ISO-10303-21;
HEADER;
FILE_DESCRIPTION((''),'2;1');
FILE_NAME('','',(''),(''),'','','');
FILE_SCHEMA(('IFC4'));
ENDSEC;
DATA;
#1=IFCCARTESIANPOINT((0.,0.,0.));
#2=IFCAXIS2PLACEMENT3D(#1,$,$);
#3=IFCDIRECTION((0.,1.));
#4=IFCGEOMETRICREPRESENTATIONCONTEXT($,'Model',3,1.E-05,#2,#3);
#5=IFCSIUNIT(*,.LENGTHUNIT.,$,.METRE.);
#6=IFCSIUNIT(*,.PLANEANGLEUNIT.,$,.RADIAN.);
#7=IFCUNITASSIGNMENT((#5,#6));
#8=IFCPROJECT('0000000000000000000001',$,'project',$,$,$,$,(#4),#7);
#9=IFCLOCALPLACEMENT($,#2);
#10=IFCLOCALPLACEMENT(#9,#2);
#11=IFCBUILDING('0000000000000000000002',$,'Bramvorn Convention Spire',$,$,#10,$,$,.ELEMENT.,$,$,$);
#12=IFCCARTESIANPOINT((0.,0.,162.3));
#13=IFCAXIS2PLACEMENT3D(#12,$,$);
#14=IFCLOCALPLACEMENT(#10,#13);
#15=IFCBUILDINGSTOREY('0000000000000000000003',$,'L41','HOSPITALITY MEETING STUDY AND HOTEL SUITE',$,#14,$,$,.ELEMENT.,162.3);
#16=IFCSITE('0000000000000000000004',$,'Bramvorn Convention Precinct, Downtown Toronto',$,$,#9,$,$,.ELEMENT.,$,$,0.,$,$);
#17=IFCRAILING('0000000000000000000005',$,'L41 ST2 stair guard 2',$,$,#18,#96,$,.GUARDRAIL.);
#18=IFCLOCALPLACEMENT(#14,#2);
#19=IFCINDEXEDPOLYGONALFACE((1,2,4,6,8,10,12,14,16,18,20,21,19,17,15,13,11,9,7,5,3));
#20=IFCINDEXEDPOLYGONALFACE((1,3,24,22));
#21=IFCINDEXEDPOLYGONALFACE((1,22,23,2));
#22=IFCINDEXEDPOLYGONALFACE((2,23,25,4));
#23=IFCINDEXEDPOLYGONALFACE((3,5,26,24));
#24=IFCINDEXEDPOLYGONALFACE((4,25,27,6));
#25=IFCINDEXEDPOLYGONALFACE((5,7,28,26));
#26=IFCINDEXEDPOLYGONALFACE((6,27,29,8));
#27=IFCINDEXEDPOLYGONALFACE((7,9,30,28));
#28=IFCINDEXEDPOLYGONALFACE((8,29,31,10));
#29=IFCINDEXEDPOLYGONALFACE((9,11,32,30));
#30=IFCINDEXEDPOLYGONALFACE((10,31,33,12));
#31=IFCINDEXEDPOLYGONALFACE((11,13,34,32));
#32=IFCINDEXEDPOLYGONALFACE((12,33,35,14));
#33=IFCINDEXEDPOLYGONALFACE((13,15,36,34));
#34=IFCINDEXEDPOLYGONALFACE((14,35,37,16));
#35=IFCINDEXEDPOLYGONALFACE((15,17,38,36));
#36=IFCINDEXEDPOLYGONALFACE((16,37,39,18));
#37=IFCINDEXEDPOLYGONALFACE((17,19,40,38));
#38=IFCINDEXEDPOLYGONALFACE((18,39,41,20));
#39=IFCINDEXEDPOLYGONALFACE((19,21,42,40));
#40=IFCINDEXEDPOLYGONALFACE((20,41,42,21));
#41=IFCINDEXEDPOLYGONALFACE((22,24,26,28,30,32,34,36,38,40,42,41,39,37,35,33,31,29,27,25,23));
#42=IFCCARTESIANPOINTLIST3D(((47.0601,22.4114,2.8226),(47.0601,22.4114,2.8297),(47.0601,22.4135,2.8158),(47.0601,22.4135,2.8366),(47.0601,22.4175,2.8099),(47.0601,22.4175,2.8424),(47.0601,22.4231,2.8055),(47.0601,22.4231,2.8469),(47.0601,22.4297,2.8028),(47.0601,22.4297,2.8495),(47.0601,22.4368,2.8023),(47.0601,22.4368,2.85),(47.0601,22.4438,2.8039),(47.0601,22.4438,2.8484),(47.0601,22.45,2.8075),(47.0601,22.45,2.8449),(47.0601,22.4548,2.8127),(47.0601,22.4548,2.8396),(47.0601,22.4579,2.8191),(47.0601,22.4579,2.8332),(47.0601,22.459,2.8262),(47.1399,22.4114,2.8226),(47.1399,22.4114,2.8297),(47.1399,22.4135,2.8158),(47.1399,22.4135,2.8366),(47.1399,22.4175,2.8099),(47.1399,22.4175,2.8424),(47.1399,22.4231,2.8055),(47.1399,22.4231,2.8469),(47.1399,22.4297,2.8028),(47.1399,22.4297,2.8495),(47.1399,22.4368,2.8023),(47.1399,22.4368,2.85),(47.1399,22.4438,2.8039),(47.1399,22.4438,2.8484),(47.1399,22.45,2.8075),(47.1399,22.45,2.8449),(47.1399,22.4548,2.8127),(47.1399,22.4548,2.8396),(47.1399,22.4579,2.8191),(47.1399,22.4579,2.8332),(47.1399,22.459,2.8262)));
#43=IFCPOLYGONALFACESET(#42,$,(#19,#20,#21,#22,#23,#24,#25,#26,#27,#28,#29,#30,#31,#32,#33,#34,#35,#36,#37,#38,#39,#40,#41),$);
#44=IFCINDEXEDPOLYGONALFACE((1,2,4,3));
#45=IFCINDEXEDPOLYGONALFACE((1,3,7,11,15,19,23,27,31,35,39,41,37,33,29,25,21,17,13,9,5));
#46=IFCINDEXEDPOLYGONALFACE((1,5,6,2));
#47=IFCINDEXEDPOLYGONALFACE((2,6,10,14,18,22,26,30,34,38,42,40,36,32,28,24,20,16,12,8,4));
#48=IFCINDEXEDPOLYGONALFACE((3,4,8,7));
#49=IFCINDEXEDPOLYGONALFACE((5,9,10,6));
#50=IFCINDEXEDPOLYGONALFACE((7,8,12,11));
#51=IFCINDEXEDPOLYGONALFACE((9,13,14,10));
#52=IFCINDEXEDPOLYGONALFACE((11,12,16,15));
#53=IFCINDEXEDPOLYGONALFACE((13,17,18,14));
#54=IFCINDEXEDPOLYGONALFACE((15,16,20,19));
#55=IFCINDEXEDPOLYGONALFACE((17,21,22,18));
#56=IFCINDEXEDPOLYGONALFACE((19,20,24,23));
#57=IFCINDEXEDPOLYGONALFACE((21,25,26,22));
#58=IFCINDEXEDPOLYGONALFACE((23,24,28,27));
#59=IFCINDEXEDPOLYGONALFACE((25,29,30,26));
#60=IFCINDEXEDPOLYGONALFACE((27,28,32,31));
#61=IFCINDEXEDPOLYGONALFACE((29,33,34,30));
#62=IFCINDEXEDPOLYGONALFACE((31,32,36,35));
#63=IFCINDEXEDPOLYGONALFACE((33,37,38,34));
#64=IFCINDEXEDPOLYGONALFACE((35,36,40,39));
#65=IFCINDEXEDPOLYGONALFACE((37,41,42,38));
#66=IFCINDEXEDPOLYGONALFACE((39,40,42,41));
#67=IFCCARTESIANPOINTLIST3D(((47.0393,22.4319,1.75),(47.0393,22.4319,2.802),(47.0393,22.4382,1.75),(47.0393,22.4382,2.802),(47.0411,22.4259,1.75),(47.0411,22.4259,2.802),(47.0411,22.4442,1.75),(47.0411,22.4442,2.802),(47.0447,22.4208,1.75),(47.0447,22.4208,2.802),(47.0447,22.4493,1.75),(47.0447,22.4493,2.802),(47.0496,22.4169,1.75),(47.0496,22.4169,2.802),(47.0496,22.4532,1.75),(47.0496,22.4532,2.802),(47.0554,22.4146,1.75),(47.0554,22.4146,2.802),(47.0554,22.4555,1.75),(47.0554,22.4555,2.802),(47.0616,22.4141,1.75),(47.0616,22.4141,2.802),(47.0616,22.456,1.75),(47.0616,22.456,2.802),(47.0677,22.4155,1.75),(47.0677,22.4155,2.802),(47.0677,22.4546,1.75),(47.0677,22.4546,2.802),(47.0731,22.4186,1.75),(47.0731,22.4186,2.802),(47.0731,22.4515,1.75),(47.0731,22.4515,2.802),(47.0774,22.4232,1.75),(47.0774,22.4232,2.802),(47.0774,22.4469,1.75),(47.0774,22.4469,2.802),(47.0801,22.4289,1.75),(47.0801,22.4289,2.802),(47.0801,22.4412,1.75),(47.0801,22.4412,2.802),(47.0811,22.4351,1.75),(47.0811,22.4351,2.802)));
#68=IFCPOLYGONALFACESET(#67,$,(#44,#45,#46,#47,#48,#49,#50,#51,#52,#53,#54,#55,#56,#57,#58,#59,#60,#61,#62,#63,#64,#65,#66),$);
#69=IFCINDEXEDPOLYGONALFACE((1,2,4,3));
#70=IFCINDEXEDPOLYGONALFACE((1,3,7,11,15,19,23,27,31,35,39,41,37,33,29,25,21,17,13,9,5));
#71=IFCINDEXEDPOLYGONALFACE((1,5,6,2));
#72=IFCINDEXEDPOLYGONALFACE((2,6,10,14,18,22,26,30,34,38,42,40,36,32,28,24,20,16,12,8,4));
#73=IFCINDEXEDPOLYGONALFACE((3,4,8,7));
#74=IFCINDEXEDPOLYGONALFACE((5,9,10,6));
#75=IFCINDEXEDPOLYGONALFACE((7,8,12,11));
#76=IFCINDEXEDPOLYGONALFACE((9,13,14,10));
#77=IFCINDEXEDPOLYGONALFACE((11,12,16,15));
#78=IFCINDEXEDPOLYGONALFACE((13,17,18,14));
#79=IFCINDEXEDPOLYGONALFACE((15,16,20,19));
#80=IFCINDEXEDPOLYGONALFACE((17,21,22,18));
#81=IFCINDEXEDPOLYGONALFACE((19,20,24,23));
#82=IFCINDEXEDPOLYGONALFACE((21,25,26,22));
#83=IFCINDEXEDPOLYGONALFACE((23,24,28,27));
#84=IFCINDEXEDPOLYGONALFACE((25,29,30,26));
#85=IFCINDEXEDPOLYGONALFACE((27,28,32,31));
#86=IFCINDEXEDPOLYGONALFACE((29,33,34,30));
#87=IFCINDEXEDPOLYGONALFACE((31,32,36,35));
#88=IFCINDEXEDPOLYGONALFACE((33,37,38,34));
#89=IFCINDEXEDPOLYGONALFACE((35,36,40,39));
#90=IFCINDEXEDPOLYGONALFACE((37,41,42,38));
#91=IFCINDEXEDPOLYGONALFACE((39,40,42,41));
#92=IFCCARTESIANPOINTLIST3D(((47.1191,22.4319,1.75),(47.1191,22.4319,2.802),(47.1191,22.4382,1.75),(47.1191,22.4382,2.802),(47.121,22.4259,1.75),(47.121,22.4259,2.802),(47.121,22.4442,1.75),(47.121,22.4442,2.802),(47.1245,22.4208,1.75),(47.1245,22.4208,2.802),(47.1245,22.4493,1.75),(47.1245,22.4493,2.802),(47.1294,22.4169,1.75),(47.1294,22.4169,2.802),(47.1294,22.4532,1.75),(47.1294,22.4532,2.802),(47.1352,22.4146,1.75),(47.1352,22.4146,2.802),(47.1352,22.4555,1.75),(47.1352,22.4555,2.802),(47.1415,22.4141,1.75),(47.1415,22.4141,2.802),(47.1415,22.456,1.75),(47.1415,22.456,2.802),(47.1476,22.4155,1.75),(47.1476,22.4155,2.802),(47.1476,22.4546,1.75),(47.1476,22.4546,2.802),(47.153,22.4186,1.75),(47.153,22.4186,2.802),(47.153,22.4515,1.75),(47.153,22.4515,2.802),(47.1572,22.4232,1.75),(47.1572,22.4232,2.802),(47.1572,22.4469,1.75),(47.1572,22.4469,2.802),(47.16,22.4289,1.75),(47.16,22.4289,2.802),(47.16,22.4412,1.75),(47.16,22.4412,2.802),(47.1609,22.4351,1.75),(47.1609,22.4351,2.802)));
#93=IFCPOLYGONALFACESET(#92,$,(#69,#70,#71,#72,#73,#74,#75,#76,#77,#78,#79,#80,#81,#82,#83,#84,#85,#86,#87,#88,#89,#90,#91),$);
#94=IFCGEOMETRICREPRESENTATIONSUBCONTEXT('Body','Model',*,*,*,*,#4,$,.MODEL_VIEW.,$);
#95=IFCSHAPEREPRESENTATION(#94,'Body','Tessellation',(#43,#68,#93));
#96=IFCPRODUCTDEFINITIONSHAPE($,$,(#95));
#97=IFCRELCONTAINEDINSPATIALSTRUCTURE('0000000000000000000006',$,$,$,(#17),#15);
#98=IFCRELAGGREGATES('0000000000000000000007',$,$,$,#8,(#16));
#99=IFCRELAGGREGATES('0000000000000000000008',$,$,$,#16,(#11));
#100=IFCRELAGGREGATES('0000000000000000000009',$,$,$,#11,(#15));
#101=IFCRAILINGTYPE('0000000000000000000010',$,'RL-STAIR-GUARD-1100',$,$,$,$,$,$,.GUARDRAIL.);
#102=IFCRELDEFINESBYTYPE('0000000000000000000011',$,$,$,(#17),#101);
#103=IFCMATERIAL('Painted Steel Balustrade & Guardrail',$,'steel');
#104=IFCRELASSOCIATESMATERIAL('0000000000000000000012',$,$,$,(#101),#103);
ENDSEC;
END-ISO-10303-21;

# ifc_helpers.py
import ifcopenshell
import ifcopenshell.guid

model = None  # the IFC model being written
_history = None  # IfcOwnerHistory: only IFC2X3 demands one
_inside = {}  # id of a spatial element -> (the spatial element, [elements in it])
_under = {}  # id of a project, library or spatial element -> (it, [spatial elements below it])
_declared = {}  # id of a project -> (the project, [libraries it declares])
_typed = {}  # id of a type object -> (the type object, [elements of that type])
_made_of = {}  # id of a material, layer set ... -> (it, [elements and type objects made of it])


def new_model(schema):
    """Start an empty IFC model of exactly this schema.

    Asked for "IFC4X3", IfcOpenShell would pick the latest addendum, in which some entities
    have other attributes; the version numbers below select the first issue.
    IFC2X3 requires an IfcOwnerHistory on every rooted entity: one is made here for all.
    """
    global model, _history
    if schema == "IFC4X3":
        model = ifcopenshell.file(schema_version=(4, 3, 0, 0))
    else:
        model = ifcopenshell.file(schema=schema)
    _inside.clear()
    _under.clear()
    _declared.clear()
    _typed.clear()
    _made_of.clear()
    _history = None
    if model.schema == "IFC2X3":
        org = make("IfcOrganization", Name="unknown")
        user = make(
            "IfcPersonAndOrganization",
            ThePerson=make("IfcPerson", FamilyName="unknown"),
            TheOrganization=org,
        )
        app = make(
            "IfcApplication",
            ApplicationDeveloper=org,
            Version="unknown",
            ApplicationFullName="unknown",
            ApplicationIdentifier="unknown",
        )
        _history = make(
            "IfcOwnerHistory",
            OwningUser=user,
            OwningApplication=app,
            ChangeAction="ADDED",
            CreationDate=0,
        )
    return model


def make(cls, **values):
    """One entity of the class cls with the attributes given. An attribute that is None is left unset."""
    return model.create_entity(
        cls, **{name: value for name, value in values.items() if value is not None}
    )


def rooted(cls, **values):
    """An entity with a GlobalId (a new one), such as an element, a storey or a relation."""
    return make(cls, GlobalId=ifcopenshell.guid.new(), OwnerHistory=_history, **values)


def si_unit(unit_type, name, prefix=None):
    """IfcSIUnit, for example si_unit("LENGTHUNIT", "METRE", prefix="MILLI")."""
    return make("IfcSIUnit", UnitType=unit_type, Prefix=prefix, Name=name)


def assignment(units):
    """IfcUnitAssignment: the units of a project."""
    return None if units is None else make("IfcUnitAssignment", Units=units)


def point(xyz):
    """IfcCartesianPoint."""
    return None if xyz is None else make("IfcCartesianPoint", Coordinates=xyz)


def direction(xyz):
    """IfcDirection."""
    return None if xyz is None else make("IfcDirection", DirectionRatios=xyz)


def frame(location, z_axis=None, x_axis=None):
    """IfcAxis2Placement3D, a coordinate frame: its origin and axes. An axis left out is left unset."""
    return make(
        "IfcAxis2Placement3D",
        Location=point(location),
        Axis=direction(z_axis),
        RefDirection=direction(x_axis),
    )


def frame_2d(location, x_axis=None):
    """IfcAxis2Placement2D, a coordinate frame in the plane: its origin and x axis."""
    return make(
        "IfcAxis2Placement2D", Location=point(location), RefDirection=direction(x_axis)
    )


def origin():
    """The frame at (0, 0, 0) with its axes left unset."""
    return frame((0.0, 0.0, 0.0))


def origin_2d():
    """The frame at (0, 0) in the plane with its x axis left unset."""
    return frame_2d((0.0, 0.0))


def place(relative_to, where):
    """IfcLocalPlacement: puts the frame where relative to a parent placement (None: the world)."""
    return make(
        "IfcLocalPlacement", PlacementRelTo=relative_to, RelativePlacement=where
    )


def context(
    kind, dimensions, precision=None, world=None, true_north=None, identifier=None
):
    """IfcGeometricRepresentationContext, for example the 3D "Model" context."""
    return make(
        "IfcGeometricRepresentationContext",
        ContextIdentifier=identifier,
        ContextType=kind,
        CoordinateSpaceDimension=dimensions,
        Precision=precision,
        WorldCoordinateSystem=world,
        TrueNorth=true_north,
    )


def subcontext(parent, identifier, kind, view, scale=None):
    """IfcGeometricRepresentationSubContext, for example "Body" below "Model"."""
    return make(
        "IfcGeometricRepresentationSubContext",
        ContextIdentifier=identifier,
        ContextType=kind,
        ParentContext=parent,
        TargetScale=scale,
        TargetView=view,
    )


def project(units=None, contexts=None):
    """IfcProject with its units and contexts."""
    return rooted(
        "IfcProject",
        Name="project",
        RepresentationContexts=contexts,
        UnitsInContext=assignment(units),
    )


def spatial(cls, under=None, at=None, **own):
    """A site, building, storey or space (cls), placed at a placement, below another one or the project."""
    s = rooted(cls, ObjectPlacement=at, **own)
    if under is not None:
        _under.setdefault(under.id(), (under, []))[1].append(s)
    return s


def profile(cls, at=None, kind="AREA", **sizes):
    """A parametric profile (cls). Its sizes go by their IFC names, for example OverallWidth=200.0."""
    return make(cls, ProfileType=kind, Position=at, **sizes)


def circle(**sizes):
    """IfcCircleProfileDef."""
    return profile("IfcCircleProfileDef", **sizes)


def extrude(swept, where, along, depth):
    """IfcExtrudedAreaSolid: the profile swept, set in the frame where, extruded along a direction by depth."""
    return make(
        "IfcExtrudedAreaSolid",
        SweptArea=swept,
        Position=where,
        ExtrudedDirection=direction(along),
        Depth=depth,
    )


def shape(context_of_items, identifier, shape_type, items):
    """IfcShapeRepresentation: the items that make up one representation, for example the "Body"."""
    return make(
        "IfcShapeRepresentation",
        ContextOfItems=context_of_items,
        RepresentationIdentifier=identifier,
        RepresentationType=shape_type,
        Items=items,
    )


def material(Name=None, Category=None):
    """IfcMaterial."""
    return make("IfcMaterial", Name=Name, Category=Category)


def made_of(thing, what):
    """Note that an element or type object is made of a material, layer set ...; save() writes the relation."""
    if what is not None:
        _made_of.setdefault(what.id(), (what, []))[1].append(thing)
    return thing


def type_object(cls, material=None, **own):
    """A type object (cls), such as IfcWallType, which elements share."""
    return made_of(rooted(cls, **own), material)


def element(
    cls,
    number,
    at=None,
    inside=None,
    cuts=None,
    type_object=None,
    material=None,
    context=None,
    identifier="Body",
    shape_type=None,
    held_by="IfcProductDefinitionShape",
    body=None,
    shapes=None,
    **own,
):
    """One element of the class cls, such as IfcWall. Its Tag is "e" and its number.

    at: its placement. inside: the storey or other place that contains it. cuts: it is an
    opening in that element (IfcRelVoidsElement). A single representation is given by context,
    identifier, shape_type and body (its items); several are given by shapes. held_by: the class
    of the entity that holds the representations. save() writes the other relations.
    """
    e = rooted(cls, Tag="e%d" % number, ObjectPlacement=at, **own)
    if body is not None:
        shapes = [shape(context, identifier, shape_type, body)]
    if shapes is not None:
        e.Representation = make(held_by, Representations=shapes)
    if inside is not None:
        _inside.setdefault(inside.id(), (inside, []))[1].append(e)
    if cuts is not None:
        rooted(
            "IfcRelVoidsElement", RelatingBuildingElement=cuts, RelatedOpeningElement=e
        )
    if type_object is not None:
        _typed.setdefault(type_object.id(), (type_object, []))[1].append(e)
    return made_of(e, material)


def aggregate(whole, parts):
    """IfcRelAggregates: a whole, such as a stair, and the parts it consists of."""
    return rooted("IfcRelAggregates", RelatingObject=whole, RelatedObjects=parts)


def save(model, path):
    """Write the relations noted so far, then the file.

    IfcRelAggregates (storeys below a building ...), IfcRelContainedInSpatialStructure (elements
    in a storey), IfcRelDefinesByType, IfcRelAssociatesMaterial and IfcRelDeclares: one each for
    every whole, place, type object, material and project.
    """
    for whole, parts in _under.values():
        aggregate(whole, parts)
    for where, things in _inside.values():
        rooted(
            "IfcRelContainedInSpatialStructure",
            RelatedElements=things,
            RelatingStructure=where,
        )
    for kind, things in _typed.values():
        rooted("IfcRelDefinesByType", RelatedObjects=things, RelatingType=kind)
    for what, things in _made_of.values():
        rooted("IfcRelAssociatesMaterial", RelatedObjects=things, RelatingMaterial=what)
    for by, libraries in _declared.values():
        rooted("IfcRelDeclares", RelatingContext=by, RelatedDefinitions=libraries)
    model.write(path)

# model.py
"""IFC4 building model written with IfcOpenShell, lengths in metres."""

from ifc_helpers import new_model, si_unit, direction, frame, origin, origin_2d, place, context, subcontext, project, spatial, circle, extrude, material, type_object, element, save


model = new_model("IFC4")

# Units and contexts
model_context = context("Model", 3, precision=1e-05, world=origin(), true_north=direction((0.0, 1.0)))
body_context = subcontext(model_context, "Body", "Model", "MODEL_VIEW")
ifc_project = project(units=[si_unit("LENGTHUNIT", "METRE"), si_unit("PLANEANGLEUNIT", "RADIAN")], contexts=[model_context])

# Site, building, storey
site_placement = place(None, origin())
site = spatial("IfcSite", under=ifc_project, at=site_placement, Name="Bramvorn Convention Precinct, Downtown Toronto", CompositionType="ELEMENT", RefElevation=0.0)
building_placement = place(site_placement, origin())
building = spatial("IfcBuilding", under=site, at=building_placement, Name="Bramvorn Convention Spire", CompositionType="ELEMENT")
storey_placement = place(building_placement, frame((0.0, 0.0, 162.3)))
storey = spatial("IfcBuildingStorey", under=building, at=storey_placement, Name="L41", Description="HOSPITALITY MEETING STUDY AND HOTEL SUITE", CompositionType="ELEMENT", Elevation=162.3)

# Railing
ifc_material_1 = material(Name="Painted Steel Balustrade & Guardrail", Category="steel")
railing_type_1 = type_object("IfcRailingType", Name="RL-STAIR-GUARD-1100", PredefinedType="GUARDRAIL", material=ifc_material_1)
railing_1_placement = place(storey_placement, frame((47.0601, 22.4351, 1.75)))
element("IfcRailing", 1, at=railing_1_placement, inside=storey, type_object=railing_type_1, Name="L41 ST2 stair guard 2", PredefinedType="GUARDRAIL", context=body_context, shape_type="SweptSolid", body=[
    extrude(circle(Radius=0.0239, at=origin_2d()), frame((0.0, 0.0, 1.0762), z_axis=(1.0, 0.0, 0.0), x_axis=(0.0, 1.0, 0.0)), (0.0, 0.0, 1.0), 0.0798),
    extrude(circle(Radius=0.021, at=origin_2d()), origin(), (0.0, 0.0, 1.0), 1.052),
    extrude(circle(Radius=0.021, at=origin_2d()), frame((0.0798, 0.0, 0.0)), (0.0, 0.0, 1.0), 1.052),
])

save(model, "model.ifc")
